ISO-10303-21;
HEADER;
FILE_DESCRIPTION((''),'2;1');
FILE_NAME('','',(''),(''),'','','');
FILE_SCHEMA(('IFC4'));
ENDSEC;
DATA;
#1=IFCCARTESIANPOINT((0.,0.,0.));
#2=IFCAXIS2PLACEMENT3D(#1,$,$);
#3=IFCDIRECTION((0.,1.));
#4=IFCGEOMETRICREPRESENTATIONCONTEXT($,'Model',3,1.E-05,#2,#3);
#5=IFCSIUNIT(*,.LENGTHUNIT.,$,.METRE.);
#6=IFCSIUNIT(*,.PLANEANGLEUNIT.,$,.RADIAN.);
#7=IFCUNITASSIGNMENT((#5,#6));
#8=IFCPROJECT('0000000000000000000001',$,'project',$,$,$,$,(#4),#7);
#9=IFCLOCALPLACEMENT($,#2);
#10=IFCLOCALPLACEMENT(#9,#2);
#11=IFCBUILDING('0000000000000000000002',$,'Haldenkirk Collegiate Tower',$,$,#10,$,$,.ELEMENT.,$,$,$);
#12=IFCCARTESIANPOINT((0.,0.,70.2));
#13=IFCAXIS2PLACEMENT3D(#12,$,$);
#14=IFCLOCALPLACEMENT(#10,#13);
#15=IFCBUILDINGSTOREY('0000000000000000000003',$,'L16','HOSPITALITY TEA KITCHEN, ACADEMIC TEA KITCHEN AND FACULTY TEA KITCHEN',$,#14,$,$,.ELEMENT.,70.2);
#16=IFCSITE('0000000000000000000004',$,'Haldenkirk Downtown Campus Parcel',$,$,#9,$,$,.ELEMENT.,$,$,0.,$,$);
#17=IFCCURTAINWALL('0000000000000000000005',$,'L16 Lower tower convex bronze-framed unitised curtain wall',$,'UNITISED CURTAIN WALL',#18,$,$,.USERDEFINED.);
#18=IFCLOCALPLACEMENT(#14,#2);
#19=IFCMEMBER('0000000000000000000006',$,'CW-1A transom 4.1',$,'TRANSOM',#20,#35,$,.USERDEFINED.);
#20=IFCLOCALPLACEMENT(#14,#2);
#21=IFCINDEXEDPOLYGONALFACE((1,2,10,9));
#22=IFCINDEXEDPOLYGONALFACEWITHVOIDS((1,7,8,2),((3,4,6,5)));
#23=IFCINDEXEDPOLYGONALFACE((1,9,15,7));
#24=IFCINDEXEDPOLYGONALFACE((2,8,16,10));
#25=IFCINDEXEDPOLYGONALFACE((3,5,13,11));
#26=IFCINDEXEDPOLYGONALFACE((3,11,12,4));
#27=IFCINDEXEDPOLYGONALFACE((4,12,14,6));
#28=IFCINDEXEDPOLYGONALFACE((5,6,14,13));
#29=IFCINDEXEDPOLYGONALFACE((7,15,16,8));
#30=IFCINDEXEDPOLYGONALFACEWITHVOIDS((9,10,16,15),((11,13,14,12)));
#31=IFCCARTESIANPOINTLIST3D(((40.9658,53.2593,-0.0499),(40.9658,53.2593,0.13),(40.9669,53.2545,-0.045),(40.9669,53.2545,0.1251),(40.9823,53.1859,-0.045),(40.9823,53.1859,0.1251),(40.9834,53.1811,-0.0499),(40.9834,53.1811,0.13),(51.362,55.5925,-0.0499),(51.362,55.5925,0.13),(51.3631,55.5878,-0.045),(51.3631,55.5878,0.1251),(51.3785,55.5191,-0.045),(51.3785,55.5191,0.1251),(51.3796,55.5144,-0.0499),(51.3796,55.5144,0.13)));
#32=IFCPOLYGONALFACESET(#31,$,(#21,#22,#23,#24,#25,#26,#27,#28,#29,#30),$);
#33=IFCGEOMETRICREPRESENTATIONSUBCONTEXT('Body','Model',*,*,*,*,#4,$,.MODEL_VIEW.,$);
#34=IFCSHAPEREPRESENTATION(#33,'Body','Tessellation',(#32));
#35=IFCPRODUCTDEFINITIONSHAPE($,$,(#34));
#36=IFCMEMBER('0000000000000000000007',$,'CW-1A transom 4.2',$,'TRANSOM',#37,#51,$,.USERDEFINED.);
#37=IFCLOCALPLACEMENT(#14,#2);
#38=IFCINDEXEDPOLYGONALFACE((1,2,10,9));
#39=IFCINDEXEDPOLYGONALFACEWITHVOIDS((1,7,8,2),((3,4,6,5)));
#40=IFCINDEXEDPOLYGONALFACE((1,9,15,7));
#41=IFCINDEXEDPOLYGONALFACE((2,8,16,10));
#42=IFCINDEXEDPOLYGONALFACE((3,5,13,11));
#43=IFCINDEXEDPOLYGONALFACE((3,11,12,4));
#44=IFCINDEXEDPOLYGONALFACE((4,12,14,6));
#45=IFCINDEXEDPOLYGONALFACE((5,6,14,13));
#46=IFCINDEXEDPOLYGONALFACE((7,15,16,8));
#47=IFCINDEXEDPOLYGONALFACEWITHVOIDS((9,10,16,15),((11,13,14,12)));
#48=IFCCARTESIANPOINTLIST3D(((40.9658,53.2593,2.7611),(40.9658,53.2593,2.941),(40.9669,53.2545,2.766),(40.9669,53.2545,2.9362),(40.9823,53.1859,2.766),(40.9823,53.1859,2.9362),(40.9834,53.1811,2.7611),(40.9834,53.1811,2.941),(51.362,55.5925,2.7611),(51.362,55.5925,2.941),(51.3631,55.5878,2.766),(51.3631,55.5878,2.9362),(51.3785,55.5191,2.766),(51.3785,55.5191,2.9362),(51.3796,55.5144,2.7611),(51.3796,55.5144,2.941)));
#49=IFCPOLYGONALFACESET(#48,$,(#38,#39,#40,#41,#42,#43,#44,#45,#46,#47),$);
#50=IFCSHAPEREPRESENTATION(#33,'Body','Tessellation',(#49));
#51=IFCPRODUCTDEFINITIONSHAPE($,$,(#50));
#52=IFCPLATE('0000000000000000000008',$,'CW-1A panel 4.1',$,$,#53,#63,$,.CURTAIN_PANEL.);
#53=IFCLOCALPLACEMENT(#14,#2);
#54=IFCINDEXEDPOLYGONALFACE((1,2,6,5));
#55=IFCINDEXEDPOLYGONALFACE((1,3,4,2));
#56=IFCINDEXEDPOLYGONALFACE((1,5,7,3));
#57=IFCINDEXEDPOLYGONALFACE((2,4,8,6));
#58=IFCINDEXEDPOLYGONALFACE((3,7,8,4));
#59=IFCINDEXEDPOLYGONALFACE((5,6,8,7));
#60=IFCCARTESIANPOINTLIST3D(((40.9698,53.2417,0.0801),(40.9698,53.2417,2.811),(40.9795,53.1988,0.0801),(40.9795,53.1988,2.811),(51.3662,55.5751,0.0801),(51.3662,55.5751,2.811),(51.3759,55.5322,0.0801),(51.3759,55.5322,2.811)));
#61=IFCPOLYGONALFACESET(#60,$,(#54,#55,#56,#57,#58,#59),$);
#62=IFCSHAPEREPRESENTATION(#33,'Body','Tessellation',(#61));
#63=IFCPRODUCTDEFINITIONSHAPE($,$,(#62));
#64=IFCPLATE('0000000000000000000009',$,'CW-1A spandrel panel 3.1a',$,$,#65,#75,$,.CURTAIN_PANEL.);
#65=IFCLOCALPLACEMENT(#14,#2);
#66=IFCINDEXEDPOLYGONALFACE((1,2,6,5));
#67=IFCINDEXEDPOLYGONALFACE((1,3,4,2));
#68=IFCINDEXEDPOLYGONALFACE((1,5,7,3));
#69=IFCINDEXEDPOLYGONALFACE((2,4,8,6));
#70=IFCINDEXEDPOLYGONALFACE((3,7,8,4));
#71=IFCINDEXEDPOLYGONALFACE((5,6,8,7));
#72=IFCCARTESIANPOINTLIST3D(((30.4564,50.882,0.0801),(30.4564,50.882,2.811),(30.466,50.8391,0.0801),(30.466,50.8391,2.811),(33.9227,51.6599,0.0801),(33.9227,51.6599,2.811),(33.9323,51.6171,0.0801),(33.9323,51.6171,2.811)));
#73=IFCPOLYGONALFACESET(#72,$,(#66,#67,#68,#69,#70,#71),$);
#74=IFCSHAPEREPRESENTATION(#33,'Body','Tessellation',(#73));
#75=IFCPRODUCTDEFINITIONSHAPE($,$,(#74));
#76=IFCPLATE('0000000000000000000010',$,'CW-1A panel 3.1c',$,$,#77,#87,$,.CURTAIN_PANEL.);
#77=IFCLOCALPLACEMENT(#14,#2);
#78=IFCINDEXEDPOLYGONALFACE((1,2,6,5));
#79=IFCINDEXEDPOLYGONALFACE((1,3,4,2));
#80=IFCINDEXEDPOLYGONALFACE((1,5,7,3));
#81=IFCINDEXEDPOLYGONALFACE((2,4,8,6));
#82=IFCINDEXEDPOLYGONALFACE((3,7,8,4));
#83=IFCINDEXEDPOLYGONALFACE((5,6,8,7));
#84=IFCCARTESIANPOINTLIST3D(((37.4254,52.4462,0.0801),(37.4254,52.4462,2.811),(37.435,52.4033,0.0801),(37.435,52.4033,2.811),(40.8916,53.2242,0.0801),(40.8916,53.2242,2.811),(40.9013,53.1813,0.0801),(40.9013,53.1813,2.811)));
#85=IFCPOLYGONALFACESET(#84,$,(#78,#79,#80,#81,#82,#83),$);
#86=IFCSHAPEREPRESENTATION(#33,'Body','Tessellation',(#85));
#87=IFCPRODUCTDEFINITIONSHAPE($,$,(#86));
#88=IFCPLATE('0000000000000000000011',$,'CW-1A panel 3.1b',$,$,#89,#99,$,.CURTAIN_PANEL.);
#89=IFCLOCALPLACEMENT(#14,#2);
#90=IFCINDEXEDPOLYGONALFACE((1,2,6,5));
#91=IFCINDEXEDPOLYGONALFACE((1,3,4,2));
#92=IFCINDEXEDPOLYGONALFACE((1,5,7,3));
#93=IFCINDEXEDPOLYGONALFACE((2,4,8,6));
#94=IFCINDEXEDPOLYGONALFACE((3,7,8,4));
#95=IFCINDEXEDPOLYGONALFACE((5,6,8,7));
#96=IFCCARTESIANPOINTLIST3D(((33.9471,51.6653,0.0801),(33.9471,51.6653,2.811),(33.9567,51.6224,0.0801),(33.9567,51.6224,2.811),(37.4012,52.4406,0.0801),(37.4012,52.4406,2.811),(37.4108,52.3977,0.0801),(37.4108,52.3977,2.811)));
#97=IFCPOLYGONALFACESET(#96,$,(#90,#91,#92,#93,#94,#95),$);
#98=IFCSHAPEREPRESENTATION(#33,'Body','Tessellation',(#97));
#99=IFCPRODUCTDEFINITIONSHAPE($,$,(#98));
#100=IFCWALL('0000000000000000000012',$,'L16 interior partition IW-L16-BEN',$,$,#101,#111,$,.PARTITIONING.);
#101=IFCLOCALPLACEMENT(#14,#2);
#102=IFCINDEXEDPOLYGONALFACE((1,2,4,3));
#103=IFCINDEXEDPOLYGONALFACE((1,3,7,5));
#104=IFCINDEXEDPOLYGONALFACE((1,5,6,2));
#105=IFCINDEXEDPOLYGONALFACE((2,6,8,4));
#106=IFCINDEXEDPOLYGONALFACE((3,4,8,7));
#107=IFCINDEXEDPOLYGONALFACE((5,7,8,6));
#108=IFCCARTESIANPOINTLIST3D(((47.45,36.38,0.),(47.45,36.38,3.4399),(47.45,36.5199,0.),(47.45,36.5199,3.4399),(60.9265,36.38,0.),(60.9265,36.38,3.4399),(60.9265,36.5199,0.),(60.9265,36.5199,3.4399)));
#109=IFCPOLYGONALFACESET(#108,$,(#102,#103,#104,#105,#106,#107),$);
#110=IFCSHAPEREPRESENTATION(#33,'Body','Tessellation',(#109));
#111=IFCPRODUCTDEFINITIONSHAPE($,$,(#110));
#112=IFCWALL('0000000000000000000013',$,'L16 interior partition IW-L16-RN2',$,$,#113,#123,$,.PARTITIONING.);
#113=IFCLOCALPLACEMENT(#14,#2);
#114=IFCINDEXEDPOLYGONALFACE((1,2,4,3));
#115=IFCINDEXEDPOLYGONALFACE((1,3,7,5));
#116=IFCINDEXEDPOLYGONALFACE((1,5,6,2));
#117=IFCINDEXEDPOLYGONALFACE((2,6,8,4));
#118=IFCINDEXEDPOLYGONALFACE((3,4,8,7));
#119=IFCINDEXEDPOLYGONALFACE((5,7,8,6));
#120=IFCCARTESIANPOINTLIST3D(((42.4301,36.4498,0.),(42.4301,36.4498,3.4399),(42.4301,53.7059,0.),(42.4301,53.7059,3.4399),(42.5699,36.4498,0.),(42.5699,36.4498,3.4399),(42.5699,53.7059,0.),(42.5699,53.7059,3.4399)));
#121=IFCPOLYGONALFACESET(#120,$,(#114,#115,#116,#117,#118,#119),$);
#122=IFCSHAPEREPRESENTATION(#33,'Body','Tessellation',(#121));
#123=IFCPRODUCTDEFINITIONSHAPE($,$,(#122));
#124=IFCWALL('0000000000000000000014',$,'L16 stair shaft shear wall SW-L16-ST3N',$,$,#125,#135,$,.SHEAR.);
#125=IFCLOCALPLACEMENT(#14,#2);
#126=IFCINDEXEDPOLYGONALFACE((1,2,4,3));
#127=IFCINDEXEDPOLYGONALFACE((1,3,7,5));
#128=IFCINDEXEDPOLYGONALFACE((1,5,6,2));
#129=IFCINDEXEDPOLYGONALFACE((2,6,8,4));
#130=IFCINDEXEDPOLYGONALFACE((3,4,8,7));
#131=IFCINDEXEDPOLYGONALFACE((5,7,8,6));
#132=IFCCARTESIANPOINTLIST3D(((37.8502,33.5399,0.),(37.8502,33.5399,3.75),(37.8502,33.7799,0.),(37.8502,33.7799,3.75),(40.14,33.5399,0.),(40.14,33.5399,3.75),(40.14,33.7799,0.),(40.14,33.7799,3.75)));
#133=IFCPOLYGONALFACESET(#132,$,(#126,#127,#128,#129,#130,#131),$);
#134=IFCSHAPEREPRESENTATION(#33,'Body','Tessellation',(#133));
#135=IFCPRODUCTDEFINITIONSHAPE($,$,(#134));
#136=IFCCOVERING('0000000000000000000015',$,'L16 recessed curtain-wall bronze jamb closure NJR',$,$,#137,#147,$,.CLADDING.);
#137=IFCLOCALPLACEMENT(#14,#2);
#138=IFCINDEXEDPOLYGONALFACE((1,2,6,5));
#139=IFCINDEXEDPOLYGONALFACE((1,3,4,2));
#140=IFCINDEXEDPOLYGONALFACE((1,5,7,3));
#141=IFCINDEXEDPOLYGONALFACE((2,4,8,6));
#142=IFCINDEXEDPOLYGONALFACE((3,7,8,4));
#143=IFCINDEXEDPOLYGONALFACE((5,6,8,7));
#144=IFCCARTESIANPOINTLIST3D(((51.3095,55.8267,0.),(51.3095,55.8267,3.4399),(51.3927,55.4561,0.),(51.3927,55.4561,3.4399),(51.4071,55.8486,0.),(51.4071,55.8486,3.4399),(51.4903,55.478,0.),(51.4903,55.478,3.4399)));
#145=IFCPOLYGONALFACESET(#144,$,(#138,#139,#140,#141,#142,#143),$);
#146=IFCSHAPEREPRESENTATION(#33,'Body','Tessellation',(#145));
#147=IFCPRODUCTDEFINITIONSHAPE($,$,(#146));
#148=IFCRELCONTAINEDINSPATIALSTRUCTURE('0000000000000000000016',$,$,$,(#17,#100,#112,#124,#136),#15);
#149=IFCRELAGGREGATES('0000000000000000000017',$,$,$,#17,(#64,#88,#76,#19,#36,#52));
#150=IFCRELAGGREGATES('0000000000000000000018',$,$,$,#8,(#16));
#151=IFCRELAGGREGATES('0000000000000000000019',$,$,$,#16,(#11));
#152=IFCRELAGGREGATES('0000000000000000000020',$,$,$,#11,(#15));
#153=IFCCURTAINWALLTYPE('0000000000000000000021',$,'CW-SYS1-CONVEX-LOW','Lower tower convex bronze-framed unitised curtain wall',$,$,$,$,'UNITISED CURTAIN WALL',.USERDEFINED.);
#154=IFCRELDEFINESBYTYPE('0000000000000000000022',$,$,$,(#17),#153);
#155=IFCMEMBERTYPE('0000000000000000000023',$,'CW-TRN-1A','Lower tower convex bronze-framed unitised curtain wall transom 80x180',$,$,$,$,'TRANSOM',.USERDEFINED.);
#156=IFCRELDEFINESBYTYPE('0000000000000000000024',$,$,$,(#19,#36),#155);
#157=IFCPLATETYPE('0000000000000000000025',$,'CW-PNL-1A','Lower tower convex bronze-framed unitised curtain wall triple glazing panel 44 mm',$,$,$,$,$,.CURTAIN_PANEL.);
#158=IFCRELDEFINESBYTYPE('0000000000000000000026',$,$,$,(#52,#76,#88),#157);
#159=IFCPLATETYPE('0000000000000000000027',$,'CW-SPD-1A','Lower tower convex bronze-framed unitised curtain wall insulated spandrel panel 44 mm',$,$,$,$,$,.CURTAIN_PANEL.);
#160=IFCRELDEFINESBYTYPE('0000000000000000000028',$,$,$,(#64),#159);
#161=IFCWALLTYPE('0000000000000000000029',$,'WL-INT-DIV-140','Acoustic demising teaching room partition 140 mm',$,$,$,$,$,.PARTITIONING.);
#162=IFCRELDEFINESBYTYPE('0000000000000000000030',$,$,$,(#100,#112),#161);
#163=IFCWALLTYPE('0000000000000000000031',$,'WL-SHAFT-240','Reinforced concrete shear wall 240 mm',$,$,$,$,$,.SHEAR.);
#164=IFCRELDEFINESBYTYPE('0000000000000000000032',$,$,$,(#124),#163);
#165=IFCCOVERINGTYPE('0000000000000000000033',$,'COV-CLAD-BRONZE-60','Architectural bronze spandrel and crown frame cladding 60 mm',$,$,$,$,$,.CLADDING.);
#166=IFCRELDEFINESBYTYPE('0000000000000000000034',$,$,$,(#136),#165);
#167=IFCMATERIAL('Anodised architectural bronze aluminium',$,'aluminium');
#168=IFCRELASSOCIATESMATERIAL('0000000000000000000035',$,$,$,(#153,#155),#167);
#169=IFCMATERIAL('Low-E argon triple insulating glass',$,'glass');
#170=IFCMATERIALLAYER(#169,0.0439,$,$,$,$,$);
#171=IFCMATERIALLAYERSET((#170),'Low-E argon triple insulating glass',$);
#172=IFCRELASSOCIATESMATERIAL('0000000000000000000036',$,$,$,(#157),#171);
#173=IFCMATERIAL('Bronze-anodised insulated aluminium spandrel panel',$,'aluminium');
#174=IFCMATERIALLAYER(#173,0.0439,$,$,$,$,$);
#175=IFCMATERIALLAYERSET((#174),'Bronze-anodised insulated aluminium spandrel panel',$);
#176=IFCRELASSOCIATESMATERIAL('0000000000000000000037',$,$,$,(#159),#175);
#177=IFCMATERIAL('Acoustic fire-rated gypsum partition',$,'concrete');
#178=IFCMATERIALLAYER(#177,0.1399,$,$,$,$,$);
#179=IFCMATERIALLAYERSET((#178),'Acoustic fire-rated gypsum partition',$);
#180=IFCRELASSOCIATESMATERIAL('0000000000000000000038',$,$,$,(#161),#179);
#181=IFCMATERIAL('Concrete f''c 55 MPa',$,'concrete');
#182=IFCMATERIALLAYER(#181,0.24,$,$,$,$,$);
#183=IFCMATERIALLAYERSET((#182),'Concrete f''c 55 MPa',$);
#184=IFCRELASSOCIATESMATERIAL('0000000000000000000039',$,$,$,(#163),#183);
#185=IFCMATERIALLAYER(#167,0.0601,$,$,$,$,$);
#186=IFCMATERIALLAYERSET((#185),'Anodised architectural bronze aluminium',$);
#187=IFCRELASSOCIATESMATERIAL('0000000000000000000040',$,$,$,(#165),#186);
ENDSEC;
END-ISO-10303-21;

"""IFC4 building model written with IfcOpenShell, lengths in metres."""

from ifc_helpers import new_model, si_unit, direction, frame, frame_2d, origin, origin_2d, place, context, subcontext, project, spatial, rectangle, hollow_rectangle, extrude, source, transform, mapped, material, layer, layer_set, material_profile, profile_set, type_object, element, aggregate, save


model = new_model("IFC4")

# Units and contexts
model_context = context("Model", 3, precision=1e-05, world=origin(), true_north=direction((0.0, 1.0)))
body_context = subcontext(model_context, "Body", "Model", "MODEL_VIEW")
ifc_project = project(units=[si_unit("LENGTHUNIT", "METRE"), si_unit("PLANEANGLEUNIT", "RADIAN")], contexts=[model_context])

# Site, building, storey
site_placement = place(None, origin())
site = spatial("IfcSite", under=ifc_project, at=site_placement, Name="Haldenkirk Downtown Campus Parcel", CompositionType="ELEMENT", RefElevation=0.0)
building_placement = place(site_placement, origin())
building = spatial("IfcBuilding", under=site, at=building_placement, Name="Haldenkirk Collegiate Tower", CompositionType="ELEMENT")
storey_placement = place(building_placement, frame((0.0, 0.0, 70.2)))
storey = spatial("IfcBuildingStorey", under=building, at=storey_placement, Name="L16", Description="HOSPITALITY TEA KITCHEN, ACADEMIC TEA KITCHEN AND FACULTY TEA KITCHEN", CompositionType="ELEMENT", Elevation=70.2)

# Curtain wall, members, plates
ifc_material_1 = material(Name="Anodised architectural bronze aluminium", Category="aluminium")
curtain_wall_type = type_object("IfcCurtainWallType", Name="CW-SYS1-CONVEX-LOW", Description="Lower tower convex bronze-framed unitised curtain wall", ElementType="UNITISED CURTAIN WALL", PredefinedType="USERDEFINED", material=ifc_material_1)
curtain_wall_placement = place(storey_placement, origin())
curtain_wall = element("IfcCurtainWall", 1, at=curtain_wall_placement, inside=storey, type_object=curtain_wall_type, Name="L16 Lower tower convex bronze-framed unitised curtain wall", ObjectType="UNITISED CURTAIN WALL", PredefinedType="USERDEFINED")
ifc_material_profile_1 = material_profile(ifc_material_1, hollow_rectangle(XDim=0.0801, YDim=0.1799, WallThickness=0.0049, at=origin_2d()), Name="CW-TRN-1A")
ifc_profile_set_1 = profile_set([ifc_material_profile_1], Name="Anodised architectural bronze aluminium")
member_type_1 = type_object("IfcMemberType", Name="CW-TRN-1A", Description="Lower tower convex bronze-framed unitised curtain wall transom 80x180", ElementType="TRANSOM", PredefinedType="USERDEFINED", material=ifc_profile_set_1)
member_1_placement = place(storey_placement, frame((40.9746, 53.2202, 0.04), z_axis=(0.975728, 0.218985, 0.0), x_axis=(-0.218985, 0.975728, 0.0)))
member_1 = element("IfcMember", 2, at=member_1_placement, type_object=member_type_1, Name="CW-1A transom 4.1", ObjectType="TRANSOM", PredefinedType="USERDEFINED", context=body_context, shape_type="SweptSolid", body=[
    extrude(hollow_rectangle(XDim=0.0801, YDim=0.1799, WallThickness=0.0049, at=origin_2d()), origin(), (0.0, 0.0, 1.0), 10.6548),
])
member_2_placement = place(storey_placement, frame((40.9746, 53.2202, 2.8511), z_axis=(0.975728, 0.218985, 0.0), x_axis=(-0.218985, 0.975728, 0.0)))
member_2 = element("IfcMember", 3, at=member_2_placement, type_object=member_type_1, Name="CW-1A transom 4.2", ObjectType="TRANSOM", PredefinedType="USERDEFINED", context=body_context, shape_type="SweptSolid", body=[
    extrude(hollow_rectangle(XDim=0.0801, YDim=0.1799, WallThickness=0.0049, at=origin_2d()), origin(), (0.0, 0.0, 1.0), 10.6548),
])
ifc_material_2 = material(Name="Low-E argon triple insulating glass", Category="glass")
ifc_layer_1 = layer(ifc_material_2, 0.0439)
ifc_layer_set_1 = layer_set([ifc_layer_1], Name="Low-E argon triple insulating glass")
plate_type_1 = type_object("IfcPlateType", Name="CW-PNL-1A", Description="Lower tower convex bronze-framed unitised curtain wall triple glazing panel 44 mm", PredefinedType="CURTAIN_PANEL", material=ifc_layer_set_1)
shared_shape_1 = source(origin(), body_context, "Body", "SweptSolid", [
    extrude(rectangle(XDim=10.655, YDim=0.0439, at=origin_2d()), origin(), (0.0, 0.0, 1.0), 2.731),
])
plate_1_placement = place(storey_placement, frame((46.1729, 54.387, 0.0801), z_axis=(0.0, 0.0, 1.0), x_axis=(0.975726, 0.218996, 0.0)))
plate_1 = element("IfcPlate", 4, at=plate_1_placement, type_object=plate_type_1, Name="CW-1A panel 4.1", PredefinedType="CURTAIN_PANEL", context=body_context, shape_type="MappedRepresentation", body=[
    mapped(shared_shape_1, transform((0.0, 0.0, 0.0), x_axis=(1.0, 0.0, 0.0), y_axis=(0.0, 1.0, 0.0), z_axis=(0.0, 0.0, 1.0), scale=1.0)),
])
ifc_material_3 = material(Name="Bronze-anodised insulated aluminium spandrel panel", Category="aluminium")
ifc_layer_2 = layer(ifc_material_3, 0.0439)
ifc_layer_set_2 = layer_set([ifc_layer_2], Name="Bronze-anodised insulated aluminium spandrel panel")
plate_type_2 = type_object("IfcPlateType", Name="CW-SPD-1A", Description="Lower tower convex bronze-framed unitised curtain wall insulated spandrel panel 44 mm", PredefinedType="CURTAIN_PANEL", material=ifc_layer_set_2)
shared_shape_2 = source(origin(), body_context, "Body", "SweptSolid", [
    extrude(rectangle(XDim=3.5525, YDim=0.0439, at=origin_2d()), origin(), (0.0, 0.0, 1.0), 2.731),
])
plate_2_placement = place(storey_placement, frame((32.1943, 51.2495, 0.0801), z_axis=(0.0, 0.0, 1.0), x_axis=(0.975726, 0.218996, 0.0)))
plate_2 = element("IfcPlate", 5, at=plate_2_placement, type_object=plate_type_2, Name="CW-1A spandrel panel 3.1a", PredefinedType="CURTAIN_PANEL", context=body_context, shape_type="MappedRepresentation", body=[
    mapped(shared_shape_2, transform((0.0, 0.0, 0.0), x_axis=(1.0, 0.0, 0.0), y_axis=(0.0, 1.0, 0.0), z_axis=(0.0, 0.0, 1.0), scale=1.0)),
])
plate_3_placement = place(storey_placement, frame((39.1633, 52.8137, 0.0801), z_axis=(0.0, 0.0, 1.0), x_axis=(0.975726, 0.218996, 0.0)))
plate_3 = element("IfcPlate", 6, at=plate_3_placement, type_object=plate_type_1, Name="CW-1A panel 3.1c", PredefinedType="CURTAIN_PANEL", context=body_context, shape_type="MappedRepresentation", body=[
    mapped(shared_shape_2, transform((0.0, 0.0, 0.0), x_axis=(1.0, 0.0, 0.0), y_axis=(0.0, 1.0, 0.0), z_axis=(0.0, 0.0, 1.0), scale=1.0)),
])
shared_shape_3 = source(origin(), body_context, "Body", "SweptSolid", [
    extrude(rectangle(XDim=3.54, YDim=0.0439, at=origin_2d()), origin(), (0.0, 0.0, 1.0), 2.731),
])
plate_4_placement = place(storey_placement, frame((35.679, 52.0315, 0.0801), z_axis=(0.0, 0.0, 1.0), x_axis=(0.975726, 0.218996, 0.0)))
plate_4 = element("IfcPlate", 7, at=plate_4_placement, type_object=plate_type_1, Name="CW-1A panel 3.1b", PredefinedType="CURTAIN_PANEL", context=body_context, shape_type="MappedRepresentation", body=[
    mapped(shared_shape_3, transform((0.0, 0.0, 0.0), x_axis=(1.0, 0.0, 0.0), y_axis=(0.0, 1.0, 0.0), z_axis=(0.0, 0.0, 1.0), scale=1.0)),
])
aggregate(curtain_wall, [plate_2, plate_4, plate_3, member_1, member_2, plate_1])

# Walls
ifc_material_4 = material(Name="Acoustic fire-rated gypsum partition", Category="concrete")
ifc_layer_3 = layer(ifc_material_4, 0.1399)
ifc_layer_set_3 = layer_set([ifc_layer_3], Name="Acoustic fire-rated gypsum partition")
wall_type_1 = type_object("IfcWallType", Name="WL-INT-DIV-140", Description="Acoustic demising teaching room partition 140 mm", PredefinedType="PARTITIONING", material=ifc_layer_set_3)
wall_1_placement = place(storey_placement, frame((47.45, 36.45, 0.0), z_axis=(0.0, 0.0, 1.0), x_axis=(1.0, 0.0, 0.0)))
element("IfcWall", 8, at=wall_1_placement, inside=storey, type_object=wall_type_1, Name="L16 interior partition IW-L16-BEN", PredefinedType="PARTITIONING", context=body_context, shape_type="SweptSolid", body=[
    extrude(rectangle(XDim=13.4766, YDim=0.1399, at=frame_2d((6.7383, 0.0))), origin(), (0.0, 0.0, 1.0), 3.4399),
])
wall_2_placement = place(storey_placement, frame((42.5, 36.45, 0.0), z_axis=(0.0, 0.0, 1.0), x_axis=(0.0, 1.0, 0.0)))
element("IfcWall", 9, at=wall_2_placement, inside=storey, type_object=wall_type_1, Name="L16 interior partition IW-L16-RN2", PredefinedType="PARTITIONING", context=body_context, shape_type="SweptSolid", body=[
    extrude(rectangle(XDim=17.2561, YDim=0.1399, at=frame_2d((8.6279, 0.0))), origin(), (0.0, 0.0, 1.0), 3.4399),
])
ifc_material_5 = material(Name="Concrete f'c 55 MPa", Category="concrete")
ifc_layer_4 = layer(ifc_material_5, 0.24)
ifc_layer_set_4 = layer_set([ifc_layer_4], Name="Concrete f'c 55 MPa")
wall_type_2 = type_object("IfcWallType", Name="WL-SHAFT-240", Description="Reinforced concrete shear wall 240 mm", PredefinedType="SHEAR", material=ifc_layer_set_4)
wall_3_placement = place(storey_placement, frame((37.8501, 33.6599, 0.0), z_axis=(0.0, 0.0, 1.0), x_axis=(1.0, 0.0, 0.0)))
element("IfcWall", 10, at=wall_3_placement, inside=storey, type_object=wall_type_2, Name="L16 stair shaft shear wall SW-L16-ST3N", PredefinedType="SHEAR", context=body_context, shape_type="SweptSolid", body=[
    extrude(rectangle(XDim=2.2898, YDim=0.24, at=frame_2d((1.145, 0.0))), origin(), (0.0, 0.0, 1.0), 3.75),
])

# Covering
ifc_layer_5 = layer(ifc_material_1, 0.0601)
ifc_layer_set_5 = layer_set([ifc_layer_5], Name="Anodised architectural bronze aluminium")
covering_type = type_object("IfcCoveringType", Name="COV-CLAD-BRONZE-60", Description="Architectural bronze spandrel and crown frame cladding 60 mm", PredefinedType="CLADDING", material=ifc_layer_set_5)
shared_shape_4 = source(origin(), body_context, "Body", "SweptSolid", [
    extrude(rectangle(XDim=0.1001, YDim=0.3799, at=origin_2d()), origin(), (0.0, 0.0, 1.0), 3.4399),
])
covering_placement = place(storey_placement, frame((51.3999, 55.6523, 0.0), z_axis=(0.0, 0.0, 1.0), x_axis=(0.975726, 0.218995, 0.0)))
element("IfcCovering", 11, at=covering_placement, inside=storey, type_object=covering_type, Name="L16 recessed curtain-wall bronze jamb closure NJR", PredefinedType="CLADDING", context=body_context, shape_type="MappedRepresentation", body=[
    mapped(shared_shape_4, transform((0.0, 0.0, 0.0), x_axis=(1.0, 0.0, 0.0), y_axis=(0.0, 1.0, 0.0), z_axis=(0.0, 0.0, 1.0), scale=1.0)),
])

save(model, "model.ifc")
